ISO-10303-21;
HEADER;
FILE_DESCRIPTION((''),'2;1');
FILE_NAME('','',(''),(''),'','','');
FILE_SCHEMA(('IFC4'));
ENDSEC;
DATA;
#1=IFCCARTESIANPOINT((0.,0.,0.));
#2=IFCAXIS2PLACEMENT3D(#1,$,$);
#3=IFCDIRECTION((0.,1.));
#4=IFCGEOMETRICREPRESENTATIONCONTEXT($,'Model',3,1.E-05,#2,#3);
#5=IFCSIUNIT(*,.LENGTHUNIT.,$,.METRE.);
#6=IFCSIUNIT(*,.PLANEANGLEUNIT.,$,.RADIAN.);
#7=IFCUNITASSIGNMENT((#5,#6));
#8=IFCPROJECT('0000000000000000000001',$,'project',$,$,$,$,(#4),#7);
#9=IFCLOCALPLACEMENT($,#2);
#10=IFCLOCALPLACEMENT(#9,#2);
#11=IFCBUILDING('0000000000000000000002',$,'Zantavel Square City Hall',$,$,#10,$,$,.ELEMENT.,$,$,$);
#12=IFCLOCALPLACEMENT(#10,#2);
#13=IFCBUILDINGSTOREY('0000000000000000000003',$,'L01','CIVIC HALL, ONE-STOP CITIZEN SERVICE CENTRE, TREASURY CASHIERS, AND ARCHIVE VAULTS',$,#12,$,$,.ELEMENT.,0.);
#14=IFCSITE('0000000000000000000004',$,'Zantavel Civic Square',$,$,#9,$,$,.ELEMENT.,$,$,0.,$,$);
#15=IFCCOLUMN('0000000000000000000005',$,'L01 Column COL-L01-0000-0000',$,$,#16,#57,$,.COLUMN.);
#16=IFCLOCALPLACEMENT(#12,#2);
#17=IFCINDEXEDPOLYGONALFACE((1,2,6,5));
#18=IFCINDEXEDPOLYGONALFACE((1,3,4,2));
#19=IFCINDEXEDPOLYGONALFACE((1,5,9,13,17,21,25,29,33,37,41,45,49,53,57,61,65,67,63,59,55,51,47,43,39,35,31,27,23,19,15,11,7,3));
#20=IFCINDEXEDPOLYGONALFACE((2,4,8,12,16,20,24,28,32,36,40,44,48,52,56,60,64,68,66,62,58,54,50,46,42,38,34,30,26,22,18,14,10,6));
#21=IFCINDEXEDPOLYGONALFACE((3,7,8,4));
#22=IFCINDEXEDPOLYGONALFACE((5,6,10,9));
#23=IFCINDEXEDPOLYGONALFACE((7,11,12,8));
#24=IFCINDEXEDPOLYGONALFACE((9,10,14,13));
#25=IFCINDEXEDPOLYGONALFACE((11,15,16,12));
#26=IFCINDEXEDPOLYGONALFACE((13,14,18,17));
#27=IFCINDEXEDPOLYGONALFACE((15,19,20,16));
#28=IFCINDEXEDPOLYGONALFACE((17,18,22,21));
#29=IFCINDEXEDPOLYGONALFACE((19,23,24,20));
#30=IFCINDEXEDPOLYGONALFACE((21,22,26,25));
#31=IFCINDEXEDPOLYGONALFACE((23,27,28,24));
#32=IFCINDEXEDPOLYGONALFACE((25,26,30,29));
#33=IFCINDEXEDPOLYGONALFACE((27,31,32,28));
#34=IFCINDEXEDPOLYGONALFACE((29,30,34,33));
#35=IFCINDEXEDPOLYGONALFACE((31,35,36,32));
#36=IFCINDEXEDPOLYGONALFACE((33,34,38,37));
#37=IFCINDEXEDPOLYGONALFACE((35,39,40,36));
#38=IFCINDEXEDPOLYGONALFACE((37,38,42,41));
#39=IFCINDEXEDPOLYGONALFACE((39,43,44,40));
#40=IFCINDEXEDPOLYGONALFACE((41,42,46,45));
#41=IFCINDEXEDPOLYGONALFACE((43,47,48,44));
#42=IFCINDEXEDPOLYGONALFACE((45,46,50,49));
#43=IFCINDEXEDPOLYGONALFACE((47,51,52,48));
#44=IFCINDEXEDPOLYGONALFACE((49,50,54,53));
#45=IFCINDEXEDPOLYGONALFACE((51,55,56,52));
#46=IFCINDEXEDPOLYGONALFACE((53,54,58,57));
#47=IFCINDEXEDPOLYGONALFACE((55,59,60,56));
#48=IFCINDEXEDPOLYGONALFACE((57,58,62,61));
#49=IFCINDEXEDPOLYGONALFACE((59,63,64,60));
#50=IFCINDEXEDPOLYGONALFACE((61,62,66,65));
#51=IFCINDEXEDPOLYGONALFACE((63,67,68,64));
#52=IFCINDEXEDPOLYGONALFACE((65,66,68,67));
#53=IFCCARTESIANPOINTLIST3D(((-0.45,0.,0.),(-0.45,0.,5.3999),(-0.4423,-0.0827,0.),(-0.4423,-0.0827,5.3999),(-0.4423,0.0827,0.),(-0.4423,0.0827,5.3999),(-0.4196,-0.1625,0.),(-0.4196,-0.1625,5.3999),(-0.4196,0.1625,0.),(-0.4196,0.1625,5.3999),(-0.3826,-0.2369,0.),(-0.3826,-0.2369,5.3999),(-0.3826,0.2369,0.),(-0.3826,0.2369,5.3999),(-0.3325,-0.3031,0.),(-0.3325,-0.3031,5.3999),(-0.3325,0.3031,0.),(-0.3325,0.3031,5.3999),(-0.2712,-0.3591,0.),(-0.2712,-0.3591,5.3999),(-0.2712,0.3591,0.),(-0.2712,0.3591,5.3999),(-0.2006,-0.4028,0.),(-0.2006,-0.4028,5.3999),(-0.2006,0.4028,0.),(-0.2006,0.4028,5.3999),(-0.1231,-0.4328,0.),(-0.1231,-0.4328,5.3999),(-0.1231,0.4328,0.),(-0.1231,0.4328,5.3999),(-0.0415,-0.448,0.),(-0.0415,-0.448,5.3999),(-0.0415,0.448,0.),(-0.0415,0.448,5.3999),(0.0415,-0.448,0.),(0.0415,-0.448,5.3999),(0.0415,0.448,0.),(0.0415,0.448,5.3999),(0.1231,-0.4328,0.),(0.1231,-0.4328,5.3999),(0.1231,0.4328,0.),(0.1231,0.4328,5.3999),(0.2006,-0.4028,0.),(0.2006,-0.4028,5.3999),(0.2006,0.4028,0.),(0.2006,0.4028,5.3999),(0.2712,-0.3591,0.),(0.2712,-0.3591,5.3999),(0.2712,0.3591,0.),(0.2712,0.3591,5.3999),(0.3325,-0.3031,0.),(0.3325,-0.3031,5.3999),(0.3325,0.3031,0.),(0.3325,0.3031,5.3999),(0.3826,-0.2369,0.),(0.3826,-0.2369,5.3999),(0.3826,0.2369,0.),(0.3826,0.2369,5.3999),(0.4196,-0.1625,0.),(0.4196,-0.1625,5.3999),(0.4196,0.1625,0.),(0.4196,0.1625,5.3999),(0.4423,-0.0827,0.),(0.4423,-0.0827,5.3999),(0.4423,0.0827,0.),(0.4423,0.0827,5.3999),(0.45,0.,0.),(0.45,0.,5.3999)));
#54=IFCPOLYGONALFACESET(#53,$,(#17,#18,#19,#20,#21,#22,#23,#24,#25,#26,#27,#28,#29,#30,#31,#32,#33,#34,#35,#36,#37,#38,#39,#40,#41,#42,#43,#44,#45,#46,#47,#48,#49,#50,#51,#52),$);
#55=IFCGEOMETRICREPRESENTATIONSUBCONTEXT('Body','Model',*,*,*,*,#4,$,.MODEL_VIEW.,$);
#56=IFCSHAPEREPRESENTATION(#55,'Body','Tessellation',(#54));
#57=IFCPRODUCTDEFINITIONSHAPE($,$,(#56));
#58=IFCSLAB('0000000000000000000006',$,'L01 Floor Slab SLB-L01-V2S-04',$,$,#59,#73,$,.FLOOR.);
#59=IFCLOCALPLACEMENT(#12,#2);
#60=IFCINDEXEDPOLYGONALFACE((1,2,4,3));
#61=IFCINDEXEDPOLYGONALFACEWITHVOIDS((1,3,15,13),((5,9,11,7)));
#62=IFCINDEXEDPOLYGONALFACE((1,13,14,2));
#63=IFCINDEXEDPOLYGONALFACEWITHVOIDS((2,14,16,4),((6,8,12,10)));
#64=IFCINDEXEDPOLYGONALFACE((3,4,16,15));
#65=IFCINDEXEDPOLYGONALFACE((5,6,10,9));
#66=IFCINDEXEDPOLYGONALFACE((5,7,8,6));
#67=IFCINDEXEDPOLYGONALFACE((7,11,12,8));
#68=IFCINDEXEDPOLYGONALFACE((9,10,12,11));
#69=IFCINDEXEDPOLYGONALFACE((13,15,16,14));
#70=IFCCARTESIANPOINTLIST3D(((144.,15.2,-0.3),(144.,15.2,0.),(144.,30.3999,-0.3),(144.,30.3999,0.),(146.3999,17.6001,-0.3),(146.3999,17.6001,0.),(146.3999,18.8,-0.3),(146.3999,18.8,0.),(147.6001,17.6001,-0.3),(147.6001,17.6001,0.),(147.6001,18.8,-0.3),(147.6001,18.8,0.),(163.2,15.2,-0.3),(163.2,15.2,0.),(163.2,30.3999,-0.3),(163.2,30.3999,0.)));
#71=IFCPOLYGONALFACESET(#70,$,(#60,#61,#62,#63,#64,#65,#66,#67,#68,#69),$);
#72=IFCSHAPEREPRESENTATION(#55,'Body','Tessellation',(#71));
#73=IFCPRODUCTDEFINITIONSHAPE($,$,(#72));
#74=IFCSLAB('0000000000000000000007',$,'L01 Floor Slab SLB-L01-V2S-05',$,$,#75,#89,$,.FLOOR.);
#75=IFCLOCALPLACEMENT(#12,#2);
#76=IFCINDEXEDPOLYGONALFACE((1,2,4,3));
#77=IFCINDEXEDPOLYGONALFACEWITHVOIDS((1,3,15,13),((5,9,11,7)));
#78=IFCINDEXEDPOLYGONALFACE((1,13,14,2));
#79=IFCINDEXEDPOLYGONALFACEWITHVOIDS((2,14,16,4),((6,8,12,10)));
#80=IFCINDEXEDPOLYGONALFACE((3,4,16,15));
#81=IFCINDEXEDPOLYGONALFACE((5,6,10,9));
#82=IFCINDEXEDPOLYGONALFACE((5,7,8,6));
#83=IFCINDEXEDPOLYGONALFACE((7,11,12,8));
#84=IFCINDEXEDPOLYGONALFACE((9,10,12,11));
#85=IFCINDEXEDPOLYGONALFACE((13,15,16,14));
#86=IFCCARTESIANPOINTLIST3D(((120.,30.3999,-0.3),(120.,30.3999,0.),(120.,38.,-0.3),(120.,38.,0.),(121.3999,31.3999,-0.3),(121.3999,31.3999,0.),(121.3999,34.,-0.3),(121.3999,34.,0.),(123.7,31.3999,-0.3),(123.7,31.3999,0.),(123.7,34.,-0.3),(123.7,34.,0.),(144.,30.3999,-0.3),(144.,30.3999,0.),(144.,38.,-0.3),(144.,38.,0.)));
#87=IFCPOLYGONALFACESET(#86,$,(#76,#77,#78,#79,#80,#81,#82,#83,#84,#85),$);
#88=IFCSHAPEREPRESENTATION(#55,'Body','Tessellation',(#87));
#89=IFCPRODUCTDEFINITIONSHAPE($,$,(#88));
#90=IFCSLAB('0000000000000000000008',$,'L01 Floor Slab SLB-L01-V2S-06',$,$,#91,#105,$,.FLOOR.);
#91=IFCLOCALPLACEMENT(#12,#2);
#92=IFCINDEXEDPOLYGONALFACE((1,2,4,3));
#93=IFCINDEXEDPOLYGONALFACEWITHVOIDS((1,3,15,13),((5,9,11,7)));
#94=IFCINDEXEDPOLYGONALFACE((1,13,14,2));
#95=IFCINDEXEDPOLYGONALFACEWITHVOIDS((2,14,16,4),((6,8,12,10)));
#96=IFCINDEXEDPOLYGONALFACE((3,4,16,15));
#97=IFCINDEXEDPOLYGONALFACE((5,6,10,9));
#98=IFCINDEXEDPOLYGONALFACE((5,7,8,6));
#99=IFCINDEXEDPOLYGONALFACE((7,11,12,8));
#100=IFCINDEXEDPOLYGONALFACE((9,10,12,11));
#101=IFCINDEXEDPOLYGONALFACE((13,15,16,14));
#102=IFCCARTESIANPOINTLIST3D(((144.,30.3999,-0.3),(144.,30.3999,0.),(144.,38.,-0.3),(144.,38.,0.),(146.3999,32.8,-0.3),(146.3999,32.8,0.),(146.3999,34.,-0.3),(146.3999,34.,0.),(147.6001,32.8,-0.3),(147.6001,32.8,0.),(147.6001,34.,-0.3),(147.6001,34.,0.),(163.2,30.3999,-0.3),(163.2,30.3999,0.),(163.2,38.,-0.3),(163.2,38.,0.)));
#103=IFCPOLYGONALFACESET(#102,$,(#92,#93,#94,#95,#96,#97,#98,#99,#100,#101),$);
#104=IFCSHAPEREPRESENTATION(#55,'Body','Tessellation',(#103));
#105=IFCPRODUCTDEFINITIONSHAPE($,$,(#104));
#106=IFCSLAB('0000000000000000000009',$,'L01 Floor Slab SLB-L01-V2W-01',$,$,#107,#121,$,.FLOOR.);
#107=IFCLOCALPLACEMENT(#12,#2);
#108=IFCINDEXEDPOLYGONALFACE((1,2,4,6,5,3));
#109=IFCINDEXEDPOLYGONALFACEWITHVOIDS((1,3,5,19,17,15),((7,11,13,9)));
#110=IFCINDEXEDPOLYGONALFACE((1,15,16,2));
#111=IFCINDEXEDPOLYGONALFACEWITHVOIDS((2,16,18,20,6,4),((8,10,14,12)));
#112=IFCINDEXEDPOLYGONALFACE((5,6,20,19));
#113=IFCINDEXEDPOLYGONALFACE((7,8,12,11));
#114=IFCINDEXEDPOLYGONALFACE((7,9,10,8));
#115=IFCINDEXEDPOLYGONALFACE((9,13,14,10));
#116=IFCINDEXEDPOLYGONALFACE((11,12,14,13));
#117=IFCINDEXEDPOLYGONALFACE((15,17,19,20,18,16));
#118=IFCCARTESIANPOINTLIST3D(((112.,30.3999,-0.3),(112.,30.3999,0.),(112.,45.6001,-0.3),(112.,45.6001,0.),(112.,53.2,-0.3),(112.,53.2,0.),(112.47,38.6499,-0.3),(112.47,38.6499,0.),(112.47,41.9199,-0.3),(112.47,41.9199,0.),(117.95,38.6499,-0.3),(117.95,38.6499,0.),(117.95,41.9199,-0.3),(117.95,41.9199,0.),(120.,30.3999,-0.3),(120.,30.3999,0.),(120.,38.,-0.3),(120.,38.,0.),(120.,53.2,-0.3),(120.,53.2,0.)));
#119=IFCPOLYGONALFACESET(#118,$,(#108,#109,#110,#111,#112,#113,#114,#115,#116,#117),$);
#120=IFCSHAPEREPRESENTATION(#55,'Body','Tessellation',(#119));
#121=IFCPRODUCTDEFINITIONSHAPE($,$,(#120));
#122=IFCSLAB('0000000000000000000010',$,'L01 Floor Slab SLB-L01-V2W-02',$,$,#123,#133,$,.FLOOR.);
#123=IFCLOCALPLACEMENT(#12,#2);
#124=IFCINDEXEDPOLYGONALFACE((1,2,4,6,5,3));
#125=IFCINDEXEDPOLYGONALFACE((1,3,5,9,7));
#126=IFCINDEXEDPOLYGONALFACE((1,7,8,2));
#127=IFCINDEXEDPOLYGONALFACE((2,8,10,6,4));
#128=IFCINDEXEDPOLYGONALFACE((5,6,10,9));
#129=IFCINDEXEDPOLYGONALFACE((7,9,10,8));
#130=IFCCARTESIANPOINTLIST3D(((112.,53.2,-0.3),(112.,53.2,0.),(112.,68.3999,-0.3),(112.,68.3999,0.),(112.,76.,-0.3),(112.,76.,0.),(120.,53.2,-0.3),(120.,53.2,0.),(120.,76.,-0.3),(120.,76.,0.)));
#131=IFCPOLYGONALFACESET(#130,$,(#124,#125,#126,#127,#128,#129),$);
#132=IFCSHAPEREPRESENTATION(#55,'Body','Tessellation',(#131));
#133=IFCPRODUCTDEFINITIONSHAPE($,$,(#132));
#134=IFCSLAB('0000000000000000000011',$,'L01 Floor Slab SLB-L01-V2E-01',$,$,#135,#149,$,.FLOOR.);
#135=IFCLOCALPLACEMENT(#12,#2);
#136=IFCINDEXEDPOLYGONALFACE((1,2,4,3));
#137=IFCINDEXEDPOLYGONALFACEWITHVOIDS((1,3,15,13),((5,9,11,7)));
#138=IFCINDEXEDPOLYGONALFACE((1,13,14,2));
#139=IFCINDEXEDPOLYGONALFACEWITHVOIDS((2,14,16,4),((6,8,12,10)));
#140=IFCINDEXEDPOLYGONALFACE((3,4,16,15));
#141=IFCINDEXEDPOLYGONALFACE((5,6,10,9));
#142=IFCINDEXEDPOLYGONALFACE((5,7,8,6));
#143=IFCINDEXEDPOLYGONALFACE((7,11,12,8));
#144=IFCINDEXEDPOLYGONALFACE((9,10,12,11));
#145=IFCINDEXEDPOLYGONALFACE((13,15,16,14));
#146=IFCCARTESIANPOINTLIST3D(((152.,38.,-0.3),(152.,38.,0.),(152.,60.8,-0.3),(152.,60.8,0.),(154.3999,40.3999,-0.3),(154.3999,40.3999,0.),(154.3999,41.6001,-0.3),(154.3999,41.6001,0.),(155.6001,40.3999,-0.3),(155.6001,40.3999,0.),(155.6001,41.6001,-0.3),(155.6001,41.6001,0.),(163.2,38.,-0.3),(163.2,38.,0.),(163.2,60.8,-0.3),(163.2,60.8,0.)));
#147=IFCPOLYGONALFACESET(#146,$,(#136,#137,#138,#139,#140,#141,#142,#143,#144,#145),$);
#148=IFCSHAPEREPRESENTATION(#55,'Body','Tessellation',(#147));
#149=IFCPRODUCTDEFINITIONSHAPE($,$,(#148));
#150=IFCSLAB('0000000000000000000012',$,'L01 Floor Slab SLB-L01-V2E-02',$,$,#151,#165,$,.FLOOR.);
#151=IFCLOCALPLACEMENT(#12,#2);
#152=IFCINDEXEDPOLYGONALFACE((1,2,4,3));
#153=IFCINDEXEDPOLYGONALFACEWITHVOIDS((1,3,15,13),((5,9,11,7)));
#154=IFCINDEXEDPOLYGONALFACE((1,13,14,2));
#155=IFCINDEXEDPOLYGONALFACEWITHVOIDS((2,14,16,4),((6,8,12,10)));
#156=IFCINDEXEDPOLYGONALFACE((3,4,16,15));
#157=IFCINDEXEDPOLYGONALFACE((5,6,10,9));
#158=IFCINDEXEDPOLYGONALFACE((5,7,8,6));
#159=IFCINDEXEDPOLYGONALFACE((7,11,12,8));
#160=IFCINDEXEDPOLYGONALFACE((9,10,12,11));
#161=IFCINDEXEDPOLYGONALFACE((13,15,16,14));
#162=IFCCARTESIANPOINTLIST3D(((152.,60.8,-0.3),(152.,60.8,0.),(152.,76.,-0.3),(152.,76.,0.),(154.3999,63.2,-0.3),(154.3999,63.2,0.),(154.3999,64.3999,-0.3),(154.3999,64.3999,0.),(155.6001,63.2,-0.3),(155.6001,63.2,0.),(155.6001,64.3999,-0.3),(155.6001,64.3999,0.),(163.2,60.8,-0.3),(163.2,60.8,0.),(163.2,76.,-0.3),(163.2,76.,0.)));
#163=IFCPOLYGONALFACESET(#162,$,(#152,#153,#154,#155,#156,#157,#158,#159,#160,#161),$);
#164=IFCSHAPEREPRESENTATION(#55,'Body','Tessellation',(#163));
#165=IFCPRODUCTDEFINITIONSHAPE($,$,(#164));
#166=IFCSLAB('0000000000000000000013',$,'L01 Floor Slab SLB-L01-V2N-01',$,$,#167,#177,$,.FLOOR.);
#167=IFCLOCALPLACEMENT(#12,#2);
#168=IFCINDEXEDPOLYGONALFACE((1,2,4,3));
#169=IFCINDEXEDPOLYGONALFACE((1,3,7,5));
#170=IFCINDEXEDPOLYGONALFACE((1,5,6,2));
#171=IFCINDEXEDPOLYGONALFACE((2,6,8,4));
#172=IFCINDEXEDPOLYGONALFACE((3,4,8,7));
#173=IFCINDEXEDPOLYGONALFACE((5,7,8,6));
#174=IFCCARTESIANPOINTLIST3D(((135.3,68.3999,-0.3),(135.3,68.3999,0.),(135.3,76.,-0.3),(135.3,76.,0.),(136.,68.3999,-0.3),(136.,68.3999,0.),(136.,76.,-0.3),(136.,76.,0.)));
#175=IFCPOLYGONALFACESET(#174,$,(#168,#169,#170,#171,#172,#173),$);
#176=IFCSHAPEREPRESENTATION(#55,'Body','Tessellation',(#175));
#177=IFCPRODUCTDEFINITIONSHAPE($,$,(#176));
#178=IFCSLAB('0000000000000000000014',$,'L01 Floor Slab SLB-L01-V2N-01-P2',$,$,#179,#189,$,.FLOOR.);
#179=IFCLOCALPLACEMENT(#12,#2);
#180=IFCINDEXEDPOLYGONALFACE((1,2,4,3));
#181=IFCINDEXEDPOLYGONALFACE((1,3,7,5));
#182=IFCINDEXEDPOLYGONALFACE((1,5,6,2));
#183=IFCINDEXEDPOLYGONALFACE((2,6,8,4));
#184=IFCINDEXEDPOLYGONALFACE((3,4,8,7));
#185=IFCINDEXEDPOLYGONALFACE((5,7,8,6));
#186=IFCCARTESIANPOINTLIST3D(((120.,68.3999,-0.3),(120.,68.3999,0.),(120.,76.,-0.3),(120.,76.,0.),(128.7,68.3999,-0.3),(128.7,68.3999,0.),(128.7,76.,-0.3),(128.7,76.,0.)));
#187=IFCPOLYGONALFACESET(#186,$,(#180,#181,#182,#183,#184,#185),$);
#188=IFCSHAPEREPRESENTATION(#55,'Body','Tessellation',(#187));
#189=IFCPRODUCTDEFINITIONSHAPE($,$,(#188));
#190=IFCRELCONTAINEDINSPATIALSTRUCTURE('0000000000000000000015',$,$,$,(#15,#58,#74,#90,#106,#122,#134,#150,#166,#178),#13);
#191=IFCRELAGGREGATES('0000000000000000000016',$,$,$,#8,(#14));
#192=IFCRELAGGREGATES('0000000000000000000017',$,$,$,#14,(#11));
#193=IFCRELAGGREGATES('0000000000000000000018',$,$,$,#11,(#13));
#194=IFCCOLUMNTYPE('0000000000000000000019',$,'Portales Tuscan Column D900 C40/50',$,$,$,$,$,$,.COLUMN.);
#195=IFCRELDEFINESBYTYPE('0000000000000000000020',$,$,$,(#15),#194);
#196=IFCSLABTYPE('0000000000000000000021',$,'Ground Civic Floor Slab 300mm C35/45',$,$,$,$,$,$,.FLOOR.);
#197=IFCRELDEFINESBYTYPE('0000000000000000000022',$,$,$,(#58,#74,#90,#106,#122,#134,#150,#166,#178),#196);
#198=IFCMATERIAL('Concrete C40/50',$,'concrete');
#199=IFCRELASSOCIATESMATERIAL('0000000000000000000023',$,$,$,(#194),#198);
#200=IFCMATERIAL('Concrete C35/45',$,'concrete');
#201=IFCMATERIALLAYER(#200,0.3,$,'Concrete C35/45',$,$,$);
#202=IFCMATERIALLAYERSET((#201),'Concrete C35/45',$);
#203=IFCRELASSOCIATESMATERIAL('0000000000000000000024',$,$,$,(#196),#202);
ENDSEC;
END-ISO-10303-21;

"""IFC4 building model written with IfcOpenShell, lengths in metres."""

from ifc_helpers import new_model, si_unit, direction, frame, origin, origin_with_axes, origin_2d, place, context, subcontext, project, spatial, polyline, circle, outline, extrude, material, layer, layer_set, material_profile, profile_set, type_object, element, save


model = new_model("IFC4")

# Units and contexts
model_context = context("Model", 3, precision=1e-05, world=origin(), true_north=direction((0.0, 1.0)))
body_context = subcontext(model_context, "Body", "Model", "MODEL_VIEW")
ifc_project = project(units=[si_unit("LENGTHUNIT", "METRE"), si_unit("PLANEANGLEUNIT", "RADIAN")], contexts=[model_context])

# Site, building, storey
site_placement = place(None, origin())
site = spatial("IfcSite", under=ifc_project, at=site_placement, Name="Zantavel Civic Square", CompositionType="ELEMENT", RefElevation=0.0)
building_placement = place(site_placement, origin())
building = spatial("IfcBuilding", under=site, at=building_placement, Name="Zantavel Square City Hall", CompositionType="ELEMENT")
storey_placement = place(building_placement, origin())
storey = spatial("IfcBuildingStorey", under=building, at=storey_placement, Name="L01", Description="CIVIC HALL, ONE-STOP CITIZEN SERVICE CENTRE, TREASURY CASHIERS, AND ARCHIVE VAULTS", CompositionType="ELEMENT", Elevation=0.0)

# Column
ifc_material_1 = material(Name="Concrete C40/50", Category="concrete")
ifc_material_profile = material_profile(ifc_material_1, circle(Radius=0.45, at=origin_2d()), Name="ROUND D900")
ifc_profile_set = profile_set([ifc_material_profile], Name="Concrete C40/50")
column_type = type_object("IfcColumnType", Name="Portales Tuscan Column D900 C40/50", PredefinedType="COLUMN", material=ifc_profile_set)
column_placement = place(storey_placement, origin_with_axes())
element("IfcColumn", 1, at=column_placement, inside=storey, type_object=column_type, Name="L01 Column COL-L01-0000-0000", PredefinedType="COLUMN", context=body_context, shape_type="SweptSolid", body=[
    extrude(circle(Radius=0.45, at=origin_2d()), origin(), (0.0, 0.0, 1.0), 5.3999),
])

# Slabs
ifc_material_2 = material(Name="Concrete C35/45", Category="concrete")
ifc_layer = layer(ifc_material_2, 0.3, Name="Concrete C35/45")
ifc_layer_set = layer_set([ifc_layer], Name="Concrete C35/45")
slab_type = type_object("IfcSlabType", Name="Ground Civic Floor Slab 300mm C35/45", PredefinedType="FLOOR", material=ifc_layer_set)
slab_1_placement = place(storey_placement, frame((0.0, 0.0, -0.3)))
element("IfcSlab", 2, at=slab_1_placement, inside=storey, type_object=slab_type, Name="L01 Floor Slab SLB-L01-V2S-04", PredefinedType="FLOOR", context=body_context, shape_type="SweptSolid", body=[
    extrude(outline(polyline([(163.2, 15.2), (144.0, 15.2), (144.0, 30.3999), (163.2, 30.3999), (163.2, 15.2)]), holes=[polyline([(147.6001, 18.8), (146.3999, 18.8), (146.3999, 17.6001), (147.6001, 17.6001), (147.6001, 18.8)])]), origin(), (0.0, 0.0, 1.0), 0.3),
])
slab_2_placement = place(storey_placement, frame((0.0, 0.0, -0.3)))
element("IfcSlab", 3, at=slab_2_placement, inside=storey, type_object=slab_type, Name="L01 Floor Slab SLB-L01-V2S-05", PredefinedType="FLOOR", context=body_context, shape_type="SweptSolid", body=[
    extrude(outline(polyline([(144.0, 38.0), (144.0, 30.3999), (120.0, 30.3999), (120.0, 38.0), (144.0, 38.0)]), holes=[polyline([(123.7, 34.0), (121.3999, 34.0), (121.3999, 31.3999), (123.7, 31.3999), (123.7, 34.0)])]), origin(), (0.0, 0.0, 1.0), 0.3),
])
slab_3_placement = place(storey_placement, frame((0.0, 0.0, -0.3)))
element("IfcSlab", 4, at=slab_3_placement, inside=storey, type_object=slab_type, Name="L01 Floor Slab SLB-L01-V2S-06", PredefinedType="FLOOR", context=body_context, shape_type="SweptSolid", body=[
    extrude(outline(polyline([(163.2, 30.3999), (144.0, 30.3999), (144.0, 38.0), (163.2, 38.0), (163.2, 30.3999)]), holes=[polyline([(147.6001, 34.0), (146.3999, 34.0), (146.3999, 32.8), (147.6001, 32.8), (147.6001, 34.0)])]), origin(), (0.0, 0.0, 1.0), 0.3),
])
slab_4_placement = place(storey_placement, frame((0.0, 0.0, -0.3)))
element("IfcSlab", 5, at=slab_4_placement, inside=storey, type_object=slab_type, Name="L01 Floor Slab SLB-L01-V2W-01", PredefinedType="FLOOR", context=body_context, shape_type="SweptSolid", body=[
    extrude(outline(polyline([(112.0, 30.3999), (112.0, 45.6001), (112.0, 53.2), (120.0, 53.2), (120.0, 38.0), (120.0, 30.3999), (112.0, 30.3999)]), holes=[polyline([(117.95, 41.9199), (112.47, 41.9199), (112.47, 38.6499), (117.95, 38.6499), (117.95, 41.9199)])]), origin(), (0.0, 0.0, 1.0), 0.3),
])
slab_5_placement = place(storey_placement, frame((0.0, 0.0, -0.3)))
element("IfcSlab", 6, at=slab_5_placement, inside=storey, type_object=slab_type, Name="L01 Floor Slab SLB-L01-V2W-02", PredefinedType="FLOOR", context=body_context, shape_type="SweptSolid", body=[
    extrude(outline(polyline([(112.0, 76.0), (120.0, 76.0), (120.0, 53.2), (112.0, 53.2), (112.0, 68.3999), (112.0, 76.0)])), origin(), (0.0, 0.0, 1.0), 0.3),
])
slab_6_placement = place(storey_placement, frame((0.0, 0.0, -0.3)))
element("IfcSlab", 7, at=slab_6_placement, inside=storey, type_object=slab_type, Name="L01 Floor Slab SLB-L01-V2E-01", PredefinedType="FLOOR", context=body_context, shape_type="SweptSolid", body=[
    extrude(outline(polyline([(163.2, 60.8), (163.2, 38.0), (152.0, 38.0), (152.0, 60.8), (163.2, 60.8)]), holes=[polyline([(155.6001, 41.6001), (154.3999, 41.6001), (154.3999, 40.3999), (155.6001, 40.3999), (155.6001, 41.6001)])]), origin(), (0.0, 0.0, 1.0), 0.3),
])
slab_7_placement = place(storey_placement, frame((0.0, 0.0, -0.3)))
element("IfcSlab", 8, at=slab_7_placement, inside=storey, type_object=slab_type, Name="L01 Floor Slab SLB-L01-V2E-02", PredefinedType="FLOOR", context=body_context, shape_type="SweptSolid", body=[
    extrude(outline(polyline([(163.2, 76.0), (163.2, 60.8), (152.0, 60.8), (152.0, 76.0), (163.2, 76.0)]), holes=[polyline([(155.6001, 64.3999), (154.3999, 64.3999), (154.3999, 63.2), (155.6001, 63.2), (155.6001, 64.3999)])]), origin(), (0.0, 0.0, 1.0), 0.3),
])
slab_8_placement = place(storey_placement, frame((0.0, 0.0, -0.3)))
element("IfcSlab", 9, at=slab_8_placement, inside=storey, type_object=slab_type, Name="L01 Floor Slab SLB-L01-V2N-01", PredefinedType="FLOOR", context=body_context, shape_type="SweptSolid", body=[
    extrude(outline(polyline([(136.0, 68.3999), (135.3, 68.3999), (135.3, 76.0), (136.0, 76.0), (136.0, 68.3999)])), origin(), (0.0, 0.0, 1.0), 0.3),
])
slab_9_placement = place(storey_placement, frame((0.0, 0.0, -0.3)))
element("IfcSlab", 10, at=slab_9_placement, inside=storey, type_object=slab_type, Name="L01 Floor Slab SLB-L01-V2N-01-P2", PredefinedType="FLOOR", context=body_context, shape_type="SweptSolid", body=[
    extrude(outline(polyline([(120.0, 68.3999), (120.0, 76.0), (128.7, 76.0), (128.7, 68.3999), (120.0, 68.3999)])), origin(), (0.0, 0.0, 1.0), 0.3),
])

save(model, "model.ifc")
